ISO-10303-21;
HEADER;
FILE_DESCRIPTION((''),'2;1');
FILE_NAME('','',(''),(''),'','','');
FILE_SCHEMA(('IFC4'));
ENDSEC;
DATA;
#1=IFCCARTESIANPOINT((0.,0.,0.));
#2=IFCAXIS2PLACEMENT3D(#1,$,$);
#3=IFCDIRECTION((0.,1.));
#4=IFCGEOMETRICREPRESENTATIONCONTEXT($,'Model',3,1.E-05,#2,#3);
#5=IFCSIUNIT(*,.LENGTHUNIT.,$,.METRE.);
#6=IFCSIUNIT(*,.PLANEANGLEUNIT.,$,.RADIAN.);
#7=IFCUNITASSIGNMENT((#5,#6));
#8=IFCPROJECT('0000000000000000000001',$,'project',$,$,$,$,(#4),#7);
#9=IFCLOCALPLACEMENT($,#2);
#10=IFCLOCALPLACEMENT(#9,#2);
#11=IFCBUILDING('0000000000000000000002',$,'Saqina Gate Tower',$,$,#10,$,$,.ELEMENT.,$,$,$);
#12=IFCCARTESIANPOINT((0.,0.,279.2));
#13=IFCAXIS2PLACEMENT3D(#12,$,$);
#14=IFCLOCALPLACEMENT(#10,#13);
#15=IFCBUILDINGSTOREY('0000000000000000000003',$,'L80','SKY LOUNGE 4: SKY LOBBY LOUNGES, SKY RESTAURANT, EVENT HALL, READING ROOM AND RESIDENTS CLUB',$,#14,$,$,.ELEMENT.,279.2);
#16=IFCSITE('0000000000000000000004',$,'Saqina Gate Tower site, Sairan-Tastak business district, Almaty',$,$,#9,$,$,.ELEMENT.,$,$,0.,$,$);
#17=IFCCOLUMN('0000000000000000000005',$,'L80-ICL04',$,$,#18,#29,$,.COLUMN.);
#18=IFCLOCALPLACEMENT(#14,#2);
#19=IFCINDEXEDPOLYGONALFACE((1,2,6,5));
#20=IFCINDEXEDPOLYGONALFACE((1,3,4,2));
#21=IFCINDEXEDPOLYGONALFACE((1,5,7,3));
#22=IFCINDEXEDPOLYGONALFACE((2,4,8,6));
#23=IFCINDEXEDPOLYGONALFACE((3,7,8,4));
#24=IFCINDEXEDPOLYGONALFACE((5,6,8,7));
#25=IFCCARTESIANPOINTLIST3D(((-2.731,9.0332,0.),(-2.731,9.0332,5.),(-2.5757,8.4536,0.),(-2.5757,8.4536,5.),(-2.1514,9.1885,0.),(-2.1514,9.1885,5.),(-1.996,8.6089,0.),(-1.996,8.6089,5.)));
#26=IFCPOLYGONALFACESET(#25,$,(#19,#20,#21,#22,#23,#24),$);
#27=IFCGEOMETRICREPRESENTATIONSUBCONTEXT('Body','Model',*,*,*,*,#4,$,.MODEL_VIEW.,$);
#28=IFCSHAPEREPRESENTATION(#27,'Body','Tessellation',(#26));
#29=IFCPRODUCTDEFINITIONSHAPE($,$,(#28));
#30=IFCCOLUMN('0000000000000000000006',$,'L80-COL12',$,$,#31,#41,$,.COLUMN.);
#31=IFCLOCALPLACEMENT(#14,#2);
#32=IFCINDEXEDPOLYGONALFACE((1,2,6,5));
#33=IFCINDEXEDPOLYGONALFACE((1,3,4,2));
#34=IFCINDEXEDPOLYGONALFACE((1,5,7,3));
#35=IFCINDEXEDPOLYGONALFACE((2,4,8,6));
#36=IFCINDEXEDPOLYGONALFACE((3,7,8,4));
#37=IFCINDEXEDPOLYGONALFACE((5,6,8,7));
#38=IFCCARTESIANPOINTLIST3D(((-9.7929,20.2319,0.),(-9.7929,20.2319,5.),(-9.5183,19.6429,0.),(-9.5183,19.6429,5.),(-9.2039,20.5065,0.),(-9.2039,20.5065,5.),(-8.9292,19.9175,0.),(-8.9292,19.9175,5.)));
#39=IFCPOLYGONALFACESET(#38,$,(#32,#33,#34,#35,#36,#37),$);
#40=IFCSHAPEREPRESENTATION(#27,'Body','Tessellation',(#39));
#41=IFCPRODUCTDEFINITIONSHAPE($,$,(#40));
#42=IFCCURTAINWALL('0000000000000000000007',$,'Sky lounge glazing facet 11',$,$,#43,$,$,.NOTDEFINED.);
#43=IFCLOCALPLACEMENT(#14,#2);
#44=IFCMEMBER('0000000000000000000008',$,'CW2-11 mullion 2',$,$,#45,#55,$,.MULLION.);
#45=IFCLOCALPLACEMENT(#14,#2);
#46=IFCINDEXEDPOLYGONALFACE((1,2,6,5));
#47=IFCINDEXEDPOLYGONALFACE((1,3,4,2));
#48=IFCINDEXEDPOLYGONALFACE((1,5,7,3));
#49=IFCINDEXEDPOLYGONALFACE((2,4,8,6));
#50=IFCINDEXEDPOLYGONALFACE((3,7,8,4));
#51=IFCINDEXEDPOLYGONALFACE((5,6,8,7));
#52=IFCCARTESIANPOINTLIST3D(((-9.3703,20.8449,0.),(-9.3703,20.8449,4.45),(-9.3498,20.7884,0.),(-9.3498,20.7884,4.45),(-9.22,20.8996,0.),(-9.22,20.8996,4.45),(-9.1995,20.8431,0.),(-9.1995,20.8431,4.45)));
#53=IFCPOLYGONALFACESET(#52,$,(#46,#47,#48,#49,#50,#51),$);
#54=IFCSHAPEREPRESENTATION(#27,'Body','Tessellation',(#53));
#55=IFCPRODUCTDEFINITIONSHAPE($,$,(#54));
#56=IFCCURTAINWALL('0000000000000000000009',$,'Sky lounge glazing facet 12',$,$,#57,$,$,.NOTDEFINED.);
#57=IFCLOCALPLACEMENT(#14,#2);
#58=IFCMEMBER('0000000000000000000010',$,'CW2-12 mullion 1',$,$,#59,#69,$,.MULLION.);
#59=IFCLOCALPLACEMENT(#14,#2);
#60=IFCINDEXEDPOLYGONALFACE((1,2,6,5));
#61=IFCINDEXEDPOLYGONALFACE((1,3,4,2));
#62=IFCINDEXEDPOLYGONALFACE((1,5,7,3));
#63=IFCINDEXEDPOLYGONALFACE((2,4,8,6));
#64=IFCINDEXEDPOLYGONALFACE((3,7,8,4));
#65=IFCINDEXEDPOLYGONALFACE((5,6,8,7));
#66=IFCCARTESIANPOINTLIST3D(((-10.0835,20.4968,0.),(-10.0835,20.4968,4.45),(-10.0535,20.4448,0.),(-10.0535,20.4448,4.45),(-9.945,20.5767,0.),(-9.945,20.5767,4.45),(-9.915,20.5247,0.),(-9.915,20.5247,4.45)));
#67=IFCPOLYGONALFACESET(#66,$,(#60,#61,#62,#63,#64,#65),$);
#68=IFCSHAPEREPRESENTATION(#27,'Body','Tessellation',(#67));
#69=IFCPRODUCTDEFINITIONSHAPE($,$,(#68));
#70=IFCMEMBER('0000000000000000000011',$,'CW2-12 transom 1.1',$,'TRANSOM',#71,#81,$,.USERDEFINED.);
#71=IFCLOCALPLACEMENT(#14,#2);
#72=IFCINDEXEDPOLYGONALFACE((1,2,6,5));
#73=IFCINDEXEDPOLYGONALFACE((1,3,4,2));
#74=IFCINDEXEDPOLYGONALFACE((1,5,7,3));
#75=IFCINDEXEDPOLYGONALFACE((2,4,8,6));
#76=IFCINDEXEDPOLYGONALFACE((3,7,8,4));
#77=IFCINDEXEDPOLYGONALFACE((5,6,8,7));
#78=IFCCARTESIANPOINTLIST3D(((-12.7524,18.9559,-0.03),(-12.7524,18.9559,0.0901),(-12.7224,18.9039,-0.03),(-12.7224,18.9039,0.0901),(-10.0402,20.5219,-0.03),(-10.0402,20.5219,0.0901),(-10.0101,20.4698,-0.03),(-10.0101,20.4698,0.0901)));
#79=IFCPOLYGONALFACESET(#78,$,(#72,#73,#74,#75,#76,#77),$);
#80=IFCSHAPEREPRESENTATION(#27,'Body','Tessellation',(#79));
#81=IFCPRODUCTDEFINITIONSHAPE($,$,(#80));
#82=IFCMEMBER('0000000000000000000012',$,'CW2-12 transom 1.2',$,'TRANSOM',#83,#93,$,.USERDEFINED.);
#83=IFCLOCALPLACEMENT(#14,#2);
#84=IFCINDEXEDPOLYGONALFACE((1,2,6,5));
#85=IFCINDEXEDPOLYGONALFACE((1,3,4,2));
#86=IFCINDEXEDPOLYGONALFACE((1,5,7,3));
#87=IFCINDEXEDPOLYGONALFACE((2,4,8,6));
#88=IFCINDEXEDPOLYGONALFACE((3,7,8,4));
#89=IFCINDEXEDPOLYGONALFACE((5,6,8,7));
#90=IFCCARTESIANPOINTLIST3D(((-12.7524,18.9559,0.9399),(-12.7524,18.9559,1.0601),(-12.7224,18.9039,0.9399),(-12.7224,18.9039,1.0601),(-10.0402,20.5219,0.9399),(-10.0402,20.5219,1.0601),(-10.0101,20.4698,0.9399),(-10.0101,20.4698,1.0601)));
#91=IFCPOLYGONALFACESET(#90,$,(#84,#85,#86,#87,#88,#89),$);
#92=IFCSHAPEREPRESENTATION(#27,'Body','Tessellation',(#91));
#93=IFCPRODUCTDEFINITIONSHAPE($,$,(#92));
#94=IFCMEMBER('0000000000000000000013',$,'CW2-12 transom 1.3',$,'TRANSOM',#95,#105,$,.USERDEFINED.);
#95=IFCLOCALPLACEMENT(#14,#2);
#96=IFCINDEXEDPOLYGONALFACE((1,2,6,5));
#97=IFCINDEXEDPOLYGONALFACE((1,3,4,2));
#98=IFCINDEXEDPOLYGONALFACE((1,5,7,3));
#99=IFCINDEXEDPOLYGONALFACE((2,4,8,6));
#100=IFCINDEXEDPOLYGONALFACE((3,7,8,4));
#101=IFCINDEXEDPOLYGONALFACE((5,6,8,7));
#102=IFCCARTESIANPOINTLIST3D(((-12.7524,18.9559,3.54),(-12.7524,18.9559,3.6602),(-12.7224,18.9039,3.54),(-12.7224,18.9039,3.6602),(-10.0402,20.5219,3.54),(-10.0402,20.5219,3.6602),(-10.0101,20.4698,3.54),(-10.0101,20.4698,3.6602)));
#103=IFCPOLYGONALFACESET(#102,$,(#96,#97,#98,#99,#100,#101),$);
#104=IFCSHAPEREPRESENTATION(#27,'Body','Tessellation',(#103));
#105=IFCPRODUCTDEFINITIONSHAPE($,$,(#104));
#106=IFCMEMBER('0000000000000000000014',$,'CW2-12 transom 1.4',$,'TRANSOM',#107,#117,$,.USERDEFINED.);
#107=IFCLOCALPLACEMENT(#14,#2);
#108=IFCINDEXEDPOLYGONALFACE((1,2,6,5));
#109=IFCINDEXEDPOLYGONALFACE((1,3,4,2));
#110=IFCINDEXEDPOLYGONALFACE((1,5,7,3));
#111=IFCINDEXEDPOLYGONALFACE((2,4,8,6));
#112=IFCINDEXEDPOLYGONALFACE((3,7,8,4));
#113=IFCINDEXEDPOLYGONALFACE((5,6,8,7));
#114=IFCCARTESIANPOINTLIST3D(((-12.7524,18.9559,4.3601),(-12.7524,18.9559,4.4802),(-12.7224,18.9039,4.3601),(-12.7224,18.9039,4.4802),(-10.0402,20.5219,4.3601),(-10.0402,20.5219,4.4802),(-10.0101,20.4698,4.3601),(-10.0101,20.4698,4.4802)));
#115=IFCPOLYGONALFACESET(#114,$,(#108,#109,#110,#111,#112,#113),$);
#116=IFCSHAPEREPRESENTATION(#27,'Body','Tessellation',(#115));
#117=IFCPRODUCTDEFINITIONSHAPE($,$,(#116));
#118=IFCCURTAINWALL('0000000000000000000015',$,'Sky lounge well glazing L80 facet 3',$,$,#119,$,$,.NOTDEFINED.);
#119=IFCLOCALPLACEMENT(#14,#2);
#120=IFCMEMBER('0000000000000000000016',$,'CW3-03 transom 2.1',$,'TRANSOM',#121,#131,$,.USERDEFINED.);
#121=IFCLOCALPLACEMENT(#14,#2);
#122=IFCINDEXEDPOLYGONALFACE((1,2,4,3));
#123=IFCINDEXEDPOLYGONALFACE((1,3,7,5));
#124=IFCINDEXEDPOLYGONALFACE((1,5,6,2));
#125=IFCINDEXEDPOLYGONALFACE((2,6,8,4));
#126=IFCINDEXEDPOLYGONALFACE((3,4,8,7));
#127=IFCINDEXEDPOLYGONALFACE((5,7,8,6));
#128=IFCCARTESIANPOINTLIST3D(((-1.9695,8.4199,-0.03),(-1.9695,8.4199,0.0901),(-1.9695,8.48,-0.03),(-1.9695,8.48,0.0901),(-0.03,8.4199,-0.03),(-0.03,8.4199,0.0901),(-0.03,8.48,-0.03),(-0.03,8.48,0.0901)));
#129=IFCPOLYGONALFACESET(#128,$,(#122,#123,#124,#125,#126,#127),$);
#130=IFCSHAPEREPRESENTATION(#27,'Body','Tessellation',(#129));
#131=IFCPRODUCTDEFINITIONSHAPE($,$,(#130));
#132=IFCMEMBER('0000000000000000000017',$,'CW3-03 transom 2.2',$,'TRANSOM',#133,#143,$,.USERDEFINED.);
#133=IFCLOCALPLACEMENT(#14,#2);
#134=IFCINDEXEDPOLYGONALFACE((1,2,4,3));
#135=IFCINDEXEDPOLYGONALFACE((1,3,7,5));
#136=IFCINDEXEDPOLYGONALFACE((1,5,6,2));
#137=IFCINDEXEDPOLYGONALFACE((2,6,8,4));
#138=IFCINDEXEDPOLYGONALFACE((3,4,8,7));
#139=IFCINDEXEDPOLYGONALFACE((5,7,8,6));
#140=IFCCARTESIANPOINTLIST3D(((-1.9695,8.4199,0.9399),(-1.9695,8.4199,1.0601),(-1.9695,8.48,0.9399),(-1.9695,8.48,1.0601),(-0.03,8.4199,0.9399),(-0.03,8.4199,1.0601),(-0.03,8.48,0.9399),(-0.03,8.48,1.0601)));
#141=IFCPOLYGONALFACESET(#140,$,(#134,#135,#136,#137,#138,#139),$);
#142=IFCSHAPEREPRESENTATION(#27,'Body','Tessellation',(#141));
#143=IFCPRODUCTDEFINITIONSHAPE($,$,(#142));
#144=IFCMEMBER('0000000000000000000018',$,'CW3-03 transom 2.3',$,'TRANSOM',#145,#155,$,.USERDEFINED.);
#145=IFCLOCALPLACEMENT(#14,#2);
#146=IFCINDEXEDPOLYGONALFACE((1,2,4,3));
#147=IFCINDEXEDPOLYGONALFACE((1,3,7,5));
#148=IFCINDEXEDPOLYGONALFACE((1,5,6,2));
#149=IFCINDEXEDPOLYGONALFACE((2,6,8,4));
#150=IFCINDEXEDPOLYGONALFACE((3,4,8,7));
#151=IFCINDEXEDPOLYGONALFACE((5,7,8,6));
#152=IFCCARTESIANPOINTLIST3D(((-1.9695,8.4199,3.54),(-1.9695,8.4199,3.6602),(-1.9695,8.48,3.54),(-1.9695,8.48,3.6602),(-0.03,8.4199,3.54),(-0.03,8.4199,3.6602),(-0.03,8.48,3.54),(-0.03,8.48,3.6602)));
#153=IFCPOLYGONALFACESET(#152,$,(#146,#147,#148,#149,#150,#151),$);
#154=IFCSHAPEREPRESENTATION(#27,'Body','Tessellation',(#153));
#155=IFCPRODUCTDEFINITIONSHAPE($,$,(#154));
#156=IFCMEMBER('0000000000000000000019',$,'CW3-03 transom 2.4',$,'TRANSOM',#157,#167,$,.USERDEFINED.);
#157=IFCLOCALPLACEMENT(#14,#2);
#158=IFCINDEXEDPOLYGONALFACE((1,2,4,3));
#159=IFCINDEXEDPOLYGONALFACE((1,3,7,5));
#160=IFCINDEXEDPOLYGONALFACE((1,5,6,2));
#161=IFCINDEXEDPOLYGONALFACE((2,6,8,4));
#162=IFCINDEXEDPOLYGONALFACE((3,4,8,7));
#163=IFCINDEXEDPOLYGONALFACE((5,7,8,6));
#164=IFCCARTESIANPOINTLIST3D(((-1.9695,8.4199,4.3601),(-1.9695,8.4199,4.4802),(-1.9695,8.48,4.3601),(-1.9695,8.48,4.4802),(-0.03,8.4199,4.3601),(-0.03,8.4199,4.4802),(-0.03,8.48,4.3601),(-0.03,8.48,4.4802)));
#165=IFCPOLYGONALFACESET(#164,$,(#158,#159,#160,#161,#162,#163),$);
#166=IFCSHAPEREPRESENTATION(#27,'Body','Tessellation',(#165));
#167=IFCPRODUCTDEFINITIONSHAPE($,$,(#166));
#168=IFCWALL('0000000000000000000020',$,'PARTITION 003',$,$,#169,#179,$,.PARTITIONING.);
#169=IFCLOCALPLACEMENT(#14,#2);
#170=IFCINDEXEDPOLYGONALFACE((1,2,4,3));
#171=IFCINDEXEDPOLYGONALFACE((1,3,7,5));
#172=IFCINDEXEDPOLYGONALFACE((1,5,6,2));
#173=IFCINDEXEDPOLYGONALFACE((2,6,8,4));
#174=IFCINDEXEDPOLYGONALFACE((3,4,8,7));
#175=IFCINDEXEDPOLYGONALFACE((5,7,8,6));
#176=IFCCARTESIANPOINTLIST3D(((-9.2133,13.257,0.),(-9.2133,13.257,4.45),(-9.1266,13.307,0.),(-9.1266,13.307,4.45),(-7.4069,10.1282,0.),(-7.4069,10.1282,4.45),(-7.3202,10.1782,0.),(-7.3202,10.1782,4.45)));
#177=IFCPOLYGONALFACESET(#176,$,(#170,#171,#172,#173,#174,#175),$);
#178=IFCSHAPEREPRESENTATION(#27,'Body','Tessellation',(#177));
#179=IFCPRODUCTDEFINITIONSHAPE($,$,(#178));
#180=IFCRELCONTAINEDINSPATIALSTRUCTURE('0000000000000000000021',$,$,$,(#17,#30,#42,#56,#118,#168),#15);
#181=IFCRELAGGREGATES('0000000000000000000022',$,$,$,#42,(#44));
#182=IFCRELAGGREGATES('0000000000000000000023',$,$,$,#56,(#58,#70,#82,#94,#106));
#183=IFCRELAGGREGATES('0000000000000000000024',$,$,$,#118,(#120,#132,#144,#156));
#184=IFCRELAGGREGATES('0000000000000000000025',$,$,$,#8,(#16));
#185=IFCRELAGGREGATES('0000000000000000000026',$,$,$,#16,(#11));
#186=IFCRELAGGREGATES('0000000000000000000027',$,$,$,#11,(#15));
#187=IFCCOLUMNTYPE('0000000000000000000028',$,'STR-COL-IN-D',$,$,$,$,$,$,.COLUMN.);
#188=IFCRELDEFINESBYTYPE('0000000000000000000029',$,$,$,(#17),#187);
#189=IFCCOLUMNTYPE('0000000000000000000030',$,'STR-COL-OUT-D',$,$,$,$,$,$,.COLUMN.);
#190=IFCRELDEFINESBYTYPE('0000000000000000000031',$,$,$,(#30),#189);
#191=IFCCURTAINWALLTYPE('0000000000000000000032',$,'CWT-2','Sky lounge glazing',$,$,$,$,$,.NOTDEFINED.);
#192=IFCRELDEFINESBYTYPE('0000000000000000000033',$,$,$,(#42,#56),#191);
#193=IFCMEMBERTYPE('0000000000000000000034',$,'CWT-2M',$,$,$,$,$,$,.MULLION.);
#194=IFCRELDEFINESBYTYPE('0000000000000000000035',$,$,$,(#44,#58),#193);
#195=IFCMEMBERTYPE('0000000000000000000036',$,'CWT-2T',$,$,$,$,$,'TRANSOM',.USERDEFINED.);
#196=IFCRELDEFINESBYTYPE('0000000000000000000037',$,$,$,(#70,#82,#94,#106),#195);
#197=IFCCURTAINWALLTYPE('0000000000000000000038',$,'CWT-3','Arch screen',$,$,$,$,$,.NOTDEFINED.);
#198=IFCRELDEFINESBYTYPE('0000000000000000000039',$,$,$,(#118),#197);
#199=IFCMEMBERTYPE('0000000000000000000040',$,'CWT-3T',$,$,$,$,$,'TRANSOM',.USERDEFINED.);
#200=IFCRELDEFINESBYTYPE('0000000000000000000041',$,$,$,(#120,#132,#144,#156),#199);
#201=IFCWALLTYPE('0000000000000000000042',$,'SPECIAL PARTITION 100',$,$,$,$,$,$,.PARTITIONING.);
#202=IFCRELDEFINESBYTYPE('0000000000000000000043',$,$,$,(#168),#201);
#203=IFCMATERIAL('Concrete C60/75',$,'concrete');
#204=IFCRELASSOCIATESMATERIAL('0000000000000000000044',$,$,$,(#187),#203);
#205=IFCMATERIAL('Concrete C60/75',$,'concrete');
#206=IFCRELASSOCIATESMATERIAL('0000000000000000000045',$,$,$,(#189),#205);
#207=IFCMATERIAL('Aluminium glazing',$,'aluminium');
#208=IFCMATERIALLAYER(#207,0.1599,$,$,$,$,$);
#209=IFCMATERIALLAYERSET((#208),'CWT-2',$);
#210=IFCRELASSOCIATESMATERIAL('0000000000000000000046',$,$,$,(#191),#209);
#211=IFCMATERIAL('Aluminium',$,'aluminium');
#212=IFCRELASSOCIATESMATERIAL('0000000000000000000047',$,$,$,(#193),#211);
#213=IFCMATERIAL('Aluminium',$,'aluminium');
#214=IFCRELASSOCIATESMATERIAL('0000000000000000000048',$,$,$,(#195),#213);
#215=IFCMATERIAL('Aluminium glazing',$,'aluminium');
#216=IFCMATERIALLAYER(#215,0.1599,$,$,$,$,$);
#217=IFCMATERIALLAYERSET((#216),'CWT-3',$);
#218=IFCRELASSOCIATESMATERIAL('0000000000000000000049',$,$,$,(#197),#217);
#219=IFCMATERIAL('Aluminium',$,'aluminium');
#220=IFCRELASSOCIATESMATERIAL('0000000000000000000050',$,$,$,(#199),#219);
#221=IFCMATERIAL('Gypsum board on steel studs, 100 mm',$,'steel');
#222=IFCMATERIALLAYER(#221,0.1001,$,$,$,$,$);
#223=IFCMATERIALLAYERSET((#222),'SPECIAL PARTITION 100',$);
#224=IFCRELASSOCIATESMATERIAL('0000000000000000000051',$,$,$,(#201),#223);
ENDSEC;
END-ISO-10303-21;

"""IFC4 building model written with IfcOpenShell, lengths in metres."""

from ifc_helpers import new_model, si_unit, direction, frame, frame_2d, origin, origin_2d, place, context, subcontext, project, spatial, rectangle, extrude, material, layer, layer_set, material_profile, profile_set, type_object, element, aggregate, save


model = new_model("IFC4")

# Units and contexts
model_context = context("Model", 3, precision=1e-05, world=origin(), true_north=direction((0.0, 1.0)))
body_context = subcontext(model_context, "Body", "Model", "MODEL_VIEW")
ifc_project = project(units=[si_unit("LENGTHUNIT", "METRE"), si_unit("PLANEANGLEUNIT", "RADIAN")], contexts=[model_context])

# Site, building, storey
site_placement = place(None, origin())
site = spatial("IfcSite", under=ifc_project, at=site_placement, Name="Saqina Gate Tower site, Sairan-Tastak business district, Almaty", CompositionType="ELEMENT", RefElevation=0.0)
building_placement = place(site_placement, origin())
building = spatial("IfcBuilding", under=site, at=building_placement, Name="Saqina Gate Tower", CompositionType="ELEMENT")
storey_placement = place(building_placement, frame((0.0, 0.0, 279.2)))
storey = spatial("IfcBuildingStorey", under=building, at=storey_placement, Name="L80", Description="SKY LOUNGE 4: SKY LOBBY LOUNGES, SKY RESTAURANT, EVENT HALL, READING ROOM AND RESIDENTS CLUB", CompositionType="ELEMENT", Elevation=279.2)

# Columns
ifc_material_1 = material(Name="Concrete C60/75", Category="concrete")
ifc_material_profile_1 = material_profile(ifc_material_1, rectangle(XDim=0.6001, YDim=0.6001, at=origin_2d()), Name="RC 600x600")
ifc_profile_set_1 = profile_set([ifc_material_profile_1], Name="Concrete C60/75")
column_type_1 = type_object("IfcColumnType", Name="STR-COL-IN-D", PredefinedType="COLUMN", material=ifc_profile_set_1)
column_1_placement = place(storey_placement, frame((-2.3635, 8.821, 0.0), z_axis=(0.0, 0.0, 1.0), x_axis=(-0.258819, 0.965926, 0.0)))
element("IfcColumn", 1, at=column_1_placement, inside=storey, type_object=column_type_1, Name="L80-ICL04", PredefinedType="COLUMN", context=body_context, shape_type="SweptSolid", body=[
    extrude(rectangle(XDim=0.6001, YDim=0.6001, at=origin_2d()), origin(), (0.0, 0.0, 1.0), 5.0),
])
ifc_material_2 = material(Name="Concrete C60/75", Category="concrete")
ifc_material_profile_2 = material_profile(ifc_material_2, rectangle(XDim=0.6499, YDim=0.6499, at=origin_2d()), Name="RC 650x650")
ifc_profile_set_2 = profile_set([ifc_material_profile_2], Name="Concrete C60/75")
column_type_2 = type_object("IfcColumnType", Name="STR-COL-OUT-D", PredefinedType="COLUMN", material=ifc_profile_set_2)
column_2_placement = place(storey_placement, frame((-9.3611, 20.0747, 0.0), z_axis=(0.0, 0.0, 1.0), x_axis=(-0.422618, 0.906308, 0.0)))
element("IfcColumn", 2, at=column_2_placement, inside=storey, type_object=column_type_2, Name="L80-COL12", PredefinedType="COLUMN", context=body_context, shape_type="SweptSolid", body=[
    extrude(rectangle(XDim=0.6499, YDim=0.6499, at=origin_2d()), origin(), (0.0, 0.0, 1.0), 5.0),
])

# Curtain wall, member
ifc_material_3 = material(Name="Aluminium glazing", Category="aluminium")
ifc_layer_1 = layer(ifc_material_3, 0.1599)
ifc_layer_set_1 = layer_set([ifc_layer_1], Name="CWT-2")
curtain_wall_type_1 = type_object("IfcCurtainWallType", Name="CWT-2", Description="Sky lounge glazing", PredefinedType="NOTDEFINED", material=ifc_layer_set_1)
curtain_wall_1_placement = place(storey_placement, origin())
curtain_wall_1 = element("IfcCurtainWall", 3, at=curtain_wall_1_placement, inside=storey, type_object=curtain_wall_type_1, Name="Sky lounge glazing facet 11", PredefinedType="NOTDEFINED")
ifc_material_4 = material(Name="Aluminium", Category="aluminium")
ifc_material_profile_3 = material_profile(ifc_material_4, rectangle(XDim=0.0601, YDim=0.1599, at=origin_2d()), Name="Aluminium 60x160")
ifc_profile_set_3 = profile_set([ifc_material_profile_3], Name="Aluminium")
member_type_1 = type_object("IfcMemberType", Name="CWT-2M", PredefinedType="MULLION", material=ifc_profile_set_3)
member_1_placement = place(storey_placement, frame((-9.2849, 20.844, 0.0), z_axis=(0.0, 0.0, 1.0), x_axis=(0.342007, -0.939697, 0.0)))
member_1 = element("IfcMember", 4, at=member_1_placement, type_object=member_type_1, Name="CW2-11 mullion 2", PredefinedType="MULLION", context=body_context, shape_type="SweptSolid", body=[
    extrude(rectangle(XDim=0.0601, YDim=0.1599, at=origin_2d()), origin(), (0.0, 0.0, 1.0), 4.45),
])
aggregate(curtain_wall_1, [member_1])

# Curtain walls, members
curtain_wall_2_placement = place(storey_placement, origin())
curtain_wall_2 = element("IfcCurtainWall", 5, at=curtain_wall_2_placement, inside=storey, type_object=curtain_wall_type_1, Name="Sky lounge glazing facet 12", PredefinedType="NOTDEFINED")
member_2_placement = place(storey_placement, frame((-9.9993, 20.5107, 0.0), z_axis=(0.0, 0.0, 1.0), x_axis=(0.499982, -0.866036, 0.0)))
member_2 = element("IfcMember", 6, at=member_2_placement, type_object=member_type_1, Name="CW2-12 mullion 1", PredefinedType="MULLION", context=body_context, shape_type="SweptSolid", body=[
    extrude(rectangle(XDim=0.0601, YDim=0.1599, at=origin_2d()), origin(), (0.0, 0.0, 1.0), 4.45),
])
ifc_material_5 = material(Name="Aluminium", Category="aluminium")
ifc_material_profile_4 = material_profile(ifc_material_5, rectangle(XDim=0.0601, YDim=0.1201, at=origin_2d()), Name="Aluminium 60x120")
ifc_profile_set_4 = profile_set([ifc_material_profile_4], Name="Aluminium")
member_type_2 = type_object("IfcMemberType", Name="CWT-2T", ElementType="TRANSOM", PredefinedType="USERDEFINED", material=ifc_profile_set_4)
member_3_placement = place(storey_placement, frame((-10.0251, 20.4958, 0.03), z_axis=(-0.866018, -0.500013, 0.0), x_axis=(0.500013, -0.866018, 0.0)))
member_3 = element("IfcMember", 7, at=member_3_placement, type_object=member_type_2, Name="CW2-12 transom 1.1", ObjectType="TRANSOM", PredefinedType="USERDEFINED", context=body_context, shape_type="SweptSolid", body=[
    extrude(rectangle(XDim=0.0601, YDim=0.1201, at=origin_2d()), origin(), (0.0, 0.0, 1.0), 3.1318),
])
member_4_placement = place(storey_placement, frame((-10.0251, 20.4958, 1.0), z_axis=(-0.866018, -0.500013, 0.0), x_axis=(0.500013, -0.866018, 0.0)))
member_4 = element("IfcMember", 8, at=member_4_placement, type_object=member_type_2, Name="CW2-12 transom 1.2", ObjectType="TRANSOM", PredefinedType="USERDEFINED", context=body_context, shape_type="SweptSolid", body=[
    extrude(rectangle(XDim=0.0601, YDim=0.1201, at=origin_2d()), origin(), (0.0, 0.0, 1.0), 3.1318),
])
member_5_placement = place(storey_placement, frame((-10.0251, 20.4958, 3.6001), z_axis=(-0.866018, -0.500013, 0.0), x_axis=(0.500013, -0.866018, 0.0)))
member_5 = element("IfcMember", 9, at=member_5_placement, type_object=member_type_2, Name="CW2-12 transom 1.3", ObjectType="TRANSOM", PredefinedType="USERDEFINED", context=body_context, shape_type="SweptSolid", body=[
    extrude(rectangle(XDim=0.0601, YDim=0.1201, at=origin_2d()), origin(), (0.0, 0.0, 1.0), 3.1318),
])
member_6_placement = place(storey_placement, frame((-10.0251, 20.4958, 4.4202), z_axis=(-0.866018, -0.500013, 0.0), x_axis=(0.500013, -0.866018, 0.0)))
member_6 = element("IfcMember", 10, at=member_6_placement, type_object=member_type_2, Name="CW2-12 transom 1.4", ObjectType="TRANSOM", PredefinedType="USERDEFINED", context=body_context, shape_type="SweptSolid", body=[
    extrude(rectangle(XDim=0.0601, YDim=0.1201, at=origin_2d()), origin(), (0.0, 0.0, 1.0), 3.1318),
])
aggregate(curtain_wall_2, [member_2, member_3, member_4, member_5, member_6])
ifc_material_6 = material(Name="Aluminium glazing", Category="aluminium")
ifc_layer_2 = layer(ifc_material_6, 0.1599)
ifc_layer_set_2 = layer_set([ifc_layer_2], Name="CWT-3")
curtain_wall_type_2 = type_object("IfcCurtainWallType", Name="CWT-3", Description="Arch screen", PredefinedType="NOTDEFINED", material=ifc_layer_set_2)
curtain_wall_3_placement = place(storey_placement, origin())
curtain_wall_3 = element("IfcCurtainWall", 11, at=curtain_wall_3_placement, inside=storey, type_object=curtain_wall_type_2, Name="Sky lounge well glazing L80 facet 3", PredefinedType="NOTDEFINED")
ifc_material_7 = material(Name="Aluminium", Category="aluminium")
ifc_material_profile_5 = material_profile(ifc_material_7, rectangle(XDim=0.0601, YDim=0.1201, at=origin_2d()), Name="Aluminium 60x120")
ifc_profile_set_5 = profile_set([ifc_material_profile_5], Name="Aluminium")
member_type_3 = type_object("IfcMemberType", Name="CWT-3T", ElementType="TRANSOM", PredefinedType="USERDEFINED", material=ifc_profile_set_5)
member_7_placement = place(storey_placement, frame((-0.03, 8.45, 0.03), z_axis=(-1.0, 0.0, 0.0), x_axis=(0.0, -1.0, 0.0)))
member_7 = element("IfcMember", 12, at=member_7_placement, type_object=member_type_3, Name="CW3-03 transom 2.1", ObjectType="TRANSOM", PredefinedType="USERDEFINED", context=body_context, shape_type="SweptSolid", body=[
    extrude(rectangle(XDim=0.0601, YDim=0.1201, at=origin_2d()), origin(), (0.0, 0.0, 1.0), 1.9395),
])
member_8_placement = place(storey_placement, frame((-0.03, 8.45, 1.0), z_axis=(-1.0, 0.0, 0.0), x_axis=(0.0, -1.0, 0.0)))
member_8 = element("IfcMember", 13, at=member_8_placement, type_object=member_type_3, Name="CW3-03 transom 2.2", ObjectType="TRANSOM", PredefinedType="USERDEFINED", context=body_context, shape_type="SweptSolid", body=[
    extrude(rectangle(XDim=0.0601, YDim=0.1201, at=origin_2d()), origin(), (0.0, 0.0, 1.0), 1.9395),
])
member_9_placement = place(storey_placement, frame((-0.03, 8.45, 3.6001), z_axis=(-1.0, 0.0, 0.0), x_axis=(0.0, -1.0, 0.0)))
member_9 = element("IfcMember", 14, at=member_9_placement, type_object=member_type_3, Name="CW3-03 transom 2.3", ObjectType="TRANSOM", PredefinedType="USERDEFINED", context=body_context, shape_type="SweptSolid", body=[
    extrude(rectangle(XDim=0.0601, YDim=0.1201, at=origin_2d()), origin(), (0.0, 0.0, 1.0), 1.9395),
])
member_10_placement = place(storey_placement, frame((-0.03, 8.45, 4.4202), z_axis=(-1.0, 0.0, 0.0), x_axis=(0.0, -1.0, 0.0)))
member_10 = element("IfcMember", 15, at=member_10_placement, type_object=member_type_3, Name="CW3-03 transom 2.4", ObjectType="TRANSOM", PredefinedType="USERDEFINED", context=body_context, shape_type="SweptSolid", body=[
    extrude(rectangle(XDim=0.0601, YDim=0.1201, at=origin_2d()), origin(), (0.0, 0.0, 1.0), 1.9395),
])
aggregate(curtain_wall_3, [member_7, member_8, member_9, member_10])

# Wall
ifc_material_8 = material(Name="Gypsum board on steel studs, 100 mm", Category="steel")
ifc_layer_3 = layer(ifc_material_8, 0.1001)
ifc_layer_set_3 = layer_set([ifc_layer_3], Name="SPECIAL PARTITION 100")
wall_type_1 = type_object("IfcWallType", Name="SPECIAL PARTITION 100", PredefinedType="PARTITIONING", material=ifc_layer_set_3)
wall_1_placement = place(storey_placement, frame((-9.1699, 13.282, 0.0), z_axis=(0.0, 0.0, 1.0), x_axis=(0.499984, -0.866035, 0.0)))
element("IfcWall", 16, at=wall_1_placement, inside=storey, type_object=wall_type_1, Name="PARTITION 003", PredefinedType="PARTITIONING", context=body_context, shape_type="SweptSolid", body=[
    extrude(rectangle(XDim=3.6128, YDim=0.1001, at=frame_2d((1.8064, 0.0))), origin(), (0.0, 0.0, 1.0), 4.45),
])

save(model, "model.ifc")
